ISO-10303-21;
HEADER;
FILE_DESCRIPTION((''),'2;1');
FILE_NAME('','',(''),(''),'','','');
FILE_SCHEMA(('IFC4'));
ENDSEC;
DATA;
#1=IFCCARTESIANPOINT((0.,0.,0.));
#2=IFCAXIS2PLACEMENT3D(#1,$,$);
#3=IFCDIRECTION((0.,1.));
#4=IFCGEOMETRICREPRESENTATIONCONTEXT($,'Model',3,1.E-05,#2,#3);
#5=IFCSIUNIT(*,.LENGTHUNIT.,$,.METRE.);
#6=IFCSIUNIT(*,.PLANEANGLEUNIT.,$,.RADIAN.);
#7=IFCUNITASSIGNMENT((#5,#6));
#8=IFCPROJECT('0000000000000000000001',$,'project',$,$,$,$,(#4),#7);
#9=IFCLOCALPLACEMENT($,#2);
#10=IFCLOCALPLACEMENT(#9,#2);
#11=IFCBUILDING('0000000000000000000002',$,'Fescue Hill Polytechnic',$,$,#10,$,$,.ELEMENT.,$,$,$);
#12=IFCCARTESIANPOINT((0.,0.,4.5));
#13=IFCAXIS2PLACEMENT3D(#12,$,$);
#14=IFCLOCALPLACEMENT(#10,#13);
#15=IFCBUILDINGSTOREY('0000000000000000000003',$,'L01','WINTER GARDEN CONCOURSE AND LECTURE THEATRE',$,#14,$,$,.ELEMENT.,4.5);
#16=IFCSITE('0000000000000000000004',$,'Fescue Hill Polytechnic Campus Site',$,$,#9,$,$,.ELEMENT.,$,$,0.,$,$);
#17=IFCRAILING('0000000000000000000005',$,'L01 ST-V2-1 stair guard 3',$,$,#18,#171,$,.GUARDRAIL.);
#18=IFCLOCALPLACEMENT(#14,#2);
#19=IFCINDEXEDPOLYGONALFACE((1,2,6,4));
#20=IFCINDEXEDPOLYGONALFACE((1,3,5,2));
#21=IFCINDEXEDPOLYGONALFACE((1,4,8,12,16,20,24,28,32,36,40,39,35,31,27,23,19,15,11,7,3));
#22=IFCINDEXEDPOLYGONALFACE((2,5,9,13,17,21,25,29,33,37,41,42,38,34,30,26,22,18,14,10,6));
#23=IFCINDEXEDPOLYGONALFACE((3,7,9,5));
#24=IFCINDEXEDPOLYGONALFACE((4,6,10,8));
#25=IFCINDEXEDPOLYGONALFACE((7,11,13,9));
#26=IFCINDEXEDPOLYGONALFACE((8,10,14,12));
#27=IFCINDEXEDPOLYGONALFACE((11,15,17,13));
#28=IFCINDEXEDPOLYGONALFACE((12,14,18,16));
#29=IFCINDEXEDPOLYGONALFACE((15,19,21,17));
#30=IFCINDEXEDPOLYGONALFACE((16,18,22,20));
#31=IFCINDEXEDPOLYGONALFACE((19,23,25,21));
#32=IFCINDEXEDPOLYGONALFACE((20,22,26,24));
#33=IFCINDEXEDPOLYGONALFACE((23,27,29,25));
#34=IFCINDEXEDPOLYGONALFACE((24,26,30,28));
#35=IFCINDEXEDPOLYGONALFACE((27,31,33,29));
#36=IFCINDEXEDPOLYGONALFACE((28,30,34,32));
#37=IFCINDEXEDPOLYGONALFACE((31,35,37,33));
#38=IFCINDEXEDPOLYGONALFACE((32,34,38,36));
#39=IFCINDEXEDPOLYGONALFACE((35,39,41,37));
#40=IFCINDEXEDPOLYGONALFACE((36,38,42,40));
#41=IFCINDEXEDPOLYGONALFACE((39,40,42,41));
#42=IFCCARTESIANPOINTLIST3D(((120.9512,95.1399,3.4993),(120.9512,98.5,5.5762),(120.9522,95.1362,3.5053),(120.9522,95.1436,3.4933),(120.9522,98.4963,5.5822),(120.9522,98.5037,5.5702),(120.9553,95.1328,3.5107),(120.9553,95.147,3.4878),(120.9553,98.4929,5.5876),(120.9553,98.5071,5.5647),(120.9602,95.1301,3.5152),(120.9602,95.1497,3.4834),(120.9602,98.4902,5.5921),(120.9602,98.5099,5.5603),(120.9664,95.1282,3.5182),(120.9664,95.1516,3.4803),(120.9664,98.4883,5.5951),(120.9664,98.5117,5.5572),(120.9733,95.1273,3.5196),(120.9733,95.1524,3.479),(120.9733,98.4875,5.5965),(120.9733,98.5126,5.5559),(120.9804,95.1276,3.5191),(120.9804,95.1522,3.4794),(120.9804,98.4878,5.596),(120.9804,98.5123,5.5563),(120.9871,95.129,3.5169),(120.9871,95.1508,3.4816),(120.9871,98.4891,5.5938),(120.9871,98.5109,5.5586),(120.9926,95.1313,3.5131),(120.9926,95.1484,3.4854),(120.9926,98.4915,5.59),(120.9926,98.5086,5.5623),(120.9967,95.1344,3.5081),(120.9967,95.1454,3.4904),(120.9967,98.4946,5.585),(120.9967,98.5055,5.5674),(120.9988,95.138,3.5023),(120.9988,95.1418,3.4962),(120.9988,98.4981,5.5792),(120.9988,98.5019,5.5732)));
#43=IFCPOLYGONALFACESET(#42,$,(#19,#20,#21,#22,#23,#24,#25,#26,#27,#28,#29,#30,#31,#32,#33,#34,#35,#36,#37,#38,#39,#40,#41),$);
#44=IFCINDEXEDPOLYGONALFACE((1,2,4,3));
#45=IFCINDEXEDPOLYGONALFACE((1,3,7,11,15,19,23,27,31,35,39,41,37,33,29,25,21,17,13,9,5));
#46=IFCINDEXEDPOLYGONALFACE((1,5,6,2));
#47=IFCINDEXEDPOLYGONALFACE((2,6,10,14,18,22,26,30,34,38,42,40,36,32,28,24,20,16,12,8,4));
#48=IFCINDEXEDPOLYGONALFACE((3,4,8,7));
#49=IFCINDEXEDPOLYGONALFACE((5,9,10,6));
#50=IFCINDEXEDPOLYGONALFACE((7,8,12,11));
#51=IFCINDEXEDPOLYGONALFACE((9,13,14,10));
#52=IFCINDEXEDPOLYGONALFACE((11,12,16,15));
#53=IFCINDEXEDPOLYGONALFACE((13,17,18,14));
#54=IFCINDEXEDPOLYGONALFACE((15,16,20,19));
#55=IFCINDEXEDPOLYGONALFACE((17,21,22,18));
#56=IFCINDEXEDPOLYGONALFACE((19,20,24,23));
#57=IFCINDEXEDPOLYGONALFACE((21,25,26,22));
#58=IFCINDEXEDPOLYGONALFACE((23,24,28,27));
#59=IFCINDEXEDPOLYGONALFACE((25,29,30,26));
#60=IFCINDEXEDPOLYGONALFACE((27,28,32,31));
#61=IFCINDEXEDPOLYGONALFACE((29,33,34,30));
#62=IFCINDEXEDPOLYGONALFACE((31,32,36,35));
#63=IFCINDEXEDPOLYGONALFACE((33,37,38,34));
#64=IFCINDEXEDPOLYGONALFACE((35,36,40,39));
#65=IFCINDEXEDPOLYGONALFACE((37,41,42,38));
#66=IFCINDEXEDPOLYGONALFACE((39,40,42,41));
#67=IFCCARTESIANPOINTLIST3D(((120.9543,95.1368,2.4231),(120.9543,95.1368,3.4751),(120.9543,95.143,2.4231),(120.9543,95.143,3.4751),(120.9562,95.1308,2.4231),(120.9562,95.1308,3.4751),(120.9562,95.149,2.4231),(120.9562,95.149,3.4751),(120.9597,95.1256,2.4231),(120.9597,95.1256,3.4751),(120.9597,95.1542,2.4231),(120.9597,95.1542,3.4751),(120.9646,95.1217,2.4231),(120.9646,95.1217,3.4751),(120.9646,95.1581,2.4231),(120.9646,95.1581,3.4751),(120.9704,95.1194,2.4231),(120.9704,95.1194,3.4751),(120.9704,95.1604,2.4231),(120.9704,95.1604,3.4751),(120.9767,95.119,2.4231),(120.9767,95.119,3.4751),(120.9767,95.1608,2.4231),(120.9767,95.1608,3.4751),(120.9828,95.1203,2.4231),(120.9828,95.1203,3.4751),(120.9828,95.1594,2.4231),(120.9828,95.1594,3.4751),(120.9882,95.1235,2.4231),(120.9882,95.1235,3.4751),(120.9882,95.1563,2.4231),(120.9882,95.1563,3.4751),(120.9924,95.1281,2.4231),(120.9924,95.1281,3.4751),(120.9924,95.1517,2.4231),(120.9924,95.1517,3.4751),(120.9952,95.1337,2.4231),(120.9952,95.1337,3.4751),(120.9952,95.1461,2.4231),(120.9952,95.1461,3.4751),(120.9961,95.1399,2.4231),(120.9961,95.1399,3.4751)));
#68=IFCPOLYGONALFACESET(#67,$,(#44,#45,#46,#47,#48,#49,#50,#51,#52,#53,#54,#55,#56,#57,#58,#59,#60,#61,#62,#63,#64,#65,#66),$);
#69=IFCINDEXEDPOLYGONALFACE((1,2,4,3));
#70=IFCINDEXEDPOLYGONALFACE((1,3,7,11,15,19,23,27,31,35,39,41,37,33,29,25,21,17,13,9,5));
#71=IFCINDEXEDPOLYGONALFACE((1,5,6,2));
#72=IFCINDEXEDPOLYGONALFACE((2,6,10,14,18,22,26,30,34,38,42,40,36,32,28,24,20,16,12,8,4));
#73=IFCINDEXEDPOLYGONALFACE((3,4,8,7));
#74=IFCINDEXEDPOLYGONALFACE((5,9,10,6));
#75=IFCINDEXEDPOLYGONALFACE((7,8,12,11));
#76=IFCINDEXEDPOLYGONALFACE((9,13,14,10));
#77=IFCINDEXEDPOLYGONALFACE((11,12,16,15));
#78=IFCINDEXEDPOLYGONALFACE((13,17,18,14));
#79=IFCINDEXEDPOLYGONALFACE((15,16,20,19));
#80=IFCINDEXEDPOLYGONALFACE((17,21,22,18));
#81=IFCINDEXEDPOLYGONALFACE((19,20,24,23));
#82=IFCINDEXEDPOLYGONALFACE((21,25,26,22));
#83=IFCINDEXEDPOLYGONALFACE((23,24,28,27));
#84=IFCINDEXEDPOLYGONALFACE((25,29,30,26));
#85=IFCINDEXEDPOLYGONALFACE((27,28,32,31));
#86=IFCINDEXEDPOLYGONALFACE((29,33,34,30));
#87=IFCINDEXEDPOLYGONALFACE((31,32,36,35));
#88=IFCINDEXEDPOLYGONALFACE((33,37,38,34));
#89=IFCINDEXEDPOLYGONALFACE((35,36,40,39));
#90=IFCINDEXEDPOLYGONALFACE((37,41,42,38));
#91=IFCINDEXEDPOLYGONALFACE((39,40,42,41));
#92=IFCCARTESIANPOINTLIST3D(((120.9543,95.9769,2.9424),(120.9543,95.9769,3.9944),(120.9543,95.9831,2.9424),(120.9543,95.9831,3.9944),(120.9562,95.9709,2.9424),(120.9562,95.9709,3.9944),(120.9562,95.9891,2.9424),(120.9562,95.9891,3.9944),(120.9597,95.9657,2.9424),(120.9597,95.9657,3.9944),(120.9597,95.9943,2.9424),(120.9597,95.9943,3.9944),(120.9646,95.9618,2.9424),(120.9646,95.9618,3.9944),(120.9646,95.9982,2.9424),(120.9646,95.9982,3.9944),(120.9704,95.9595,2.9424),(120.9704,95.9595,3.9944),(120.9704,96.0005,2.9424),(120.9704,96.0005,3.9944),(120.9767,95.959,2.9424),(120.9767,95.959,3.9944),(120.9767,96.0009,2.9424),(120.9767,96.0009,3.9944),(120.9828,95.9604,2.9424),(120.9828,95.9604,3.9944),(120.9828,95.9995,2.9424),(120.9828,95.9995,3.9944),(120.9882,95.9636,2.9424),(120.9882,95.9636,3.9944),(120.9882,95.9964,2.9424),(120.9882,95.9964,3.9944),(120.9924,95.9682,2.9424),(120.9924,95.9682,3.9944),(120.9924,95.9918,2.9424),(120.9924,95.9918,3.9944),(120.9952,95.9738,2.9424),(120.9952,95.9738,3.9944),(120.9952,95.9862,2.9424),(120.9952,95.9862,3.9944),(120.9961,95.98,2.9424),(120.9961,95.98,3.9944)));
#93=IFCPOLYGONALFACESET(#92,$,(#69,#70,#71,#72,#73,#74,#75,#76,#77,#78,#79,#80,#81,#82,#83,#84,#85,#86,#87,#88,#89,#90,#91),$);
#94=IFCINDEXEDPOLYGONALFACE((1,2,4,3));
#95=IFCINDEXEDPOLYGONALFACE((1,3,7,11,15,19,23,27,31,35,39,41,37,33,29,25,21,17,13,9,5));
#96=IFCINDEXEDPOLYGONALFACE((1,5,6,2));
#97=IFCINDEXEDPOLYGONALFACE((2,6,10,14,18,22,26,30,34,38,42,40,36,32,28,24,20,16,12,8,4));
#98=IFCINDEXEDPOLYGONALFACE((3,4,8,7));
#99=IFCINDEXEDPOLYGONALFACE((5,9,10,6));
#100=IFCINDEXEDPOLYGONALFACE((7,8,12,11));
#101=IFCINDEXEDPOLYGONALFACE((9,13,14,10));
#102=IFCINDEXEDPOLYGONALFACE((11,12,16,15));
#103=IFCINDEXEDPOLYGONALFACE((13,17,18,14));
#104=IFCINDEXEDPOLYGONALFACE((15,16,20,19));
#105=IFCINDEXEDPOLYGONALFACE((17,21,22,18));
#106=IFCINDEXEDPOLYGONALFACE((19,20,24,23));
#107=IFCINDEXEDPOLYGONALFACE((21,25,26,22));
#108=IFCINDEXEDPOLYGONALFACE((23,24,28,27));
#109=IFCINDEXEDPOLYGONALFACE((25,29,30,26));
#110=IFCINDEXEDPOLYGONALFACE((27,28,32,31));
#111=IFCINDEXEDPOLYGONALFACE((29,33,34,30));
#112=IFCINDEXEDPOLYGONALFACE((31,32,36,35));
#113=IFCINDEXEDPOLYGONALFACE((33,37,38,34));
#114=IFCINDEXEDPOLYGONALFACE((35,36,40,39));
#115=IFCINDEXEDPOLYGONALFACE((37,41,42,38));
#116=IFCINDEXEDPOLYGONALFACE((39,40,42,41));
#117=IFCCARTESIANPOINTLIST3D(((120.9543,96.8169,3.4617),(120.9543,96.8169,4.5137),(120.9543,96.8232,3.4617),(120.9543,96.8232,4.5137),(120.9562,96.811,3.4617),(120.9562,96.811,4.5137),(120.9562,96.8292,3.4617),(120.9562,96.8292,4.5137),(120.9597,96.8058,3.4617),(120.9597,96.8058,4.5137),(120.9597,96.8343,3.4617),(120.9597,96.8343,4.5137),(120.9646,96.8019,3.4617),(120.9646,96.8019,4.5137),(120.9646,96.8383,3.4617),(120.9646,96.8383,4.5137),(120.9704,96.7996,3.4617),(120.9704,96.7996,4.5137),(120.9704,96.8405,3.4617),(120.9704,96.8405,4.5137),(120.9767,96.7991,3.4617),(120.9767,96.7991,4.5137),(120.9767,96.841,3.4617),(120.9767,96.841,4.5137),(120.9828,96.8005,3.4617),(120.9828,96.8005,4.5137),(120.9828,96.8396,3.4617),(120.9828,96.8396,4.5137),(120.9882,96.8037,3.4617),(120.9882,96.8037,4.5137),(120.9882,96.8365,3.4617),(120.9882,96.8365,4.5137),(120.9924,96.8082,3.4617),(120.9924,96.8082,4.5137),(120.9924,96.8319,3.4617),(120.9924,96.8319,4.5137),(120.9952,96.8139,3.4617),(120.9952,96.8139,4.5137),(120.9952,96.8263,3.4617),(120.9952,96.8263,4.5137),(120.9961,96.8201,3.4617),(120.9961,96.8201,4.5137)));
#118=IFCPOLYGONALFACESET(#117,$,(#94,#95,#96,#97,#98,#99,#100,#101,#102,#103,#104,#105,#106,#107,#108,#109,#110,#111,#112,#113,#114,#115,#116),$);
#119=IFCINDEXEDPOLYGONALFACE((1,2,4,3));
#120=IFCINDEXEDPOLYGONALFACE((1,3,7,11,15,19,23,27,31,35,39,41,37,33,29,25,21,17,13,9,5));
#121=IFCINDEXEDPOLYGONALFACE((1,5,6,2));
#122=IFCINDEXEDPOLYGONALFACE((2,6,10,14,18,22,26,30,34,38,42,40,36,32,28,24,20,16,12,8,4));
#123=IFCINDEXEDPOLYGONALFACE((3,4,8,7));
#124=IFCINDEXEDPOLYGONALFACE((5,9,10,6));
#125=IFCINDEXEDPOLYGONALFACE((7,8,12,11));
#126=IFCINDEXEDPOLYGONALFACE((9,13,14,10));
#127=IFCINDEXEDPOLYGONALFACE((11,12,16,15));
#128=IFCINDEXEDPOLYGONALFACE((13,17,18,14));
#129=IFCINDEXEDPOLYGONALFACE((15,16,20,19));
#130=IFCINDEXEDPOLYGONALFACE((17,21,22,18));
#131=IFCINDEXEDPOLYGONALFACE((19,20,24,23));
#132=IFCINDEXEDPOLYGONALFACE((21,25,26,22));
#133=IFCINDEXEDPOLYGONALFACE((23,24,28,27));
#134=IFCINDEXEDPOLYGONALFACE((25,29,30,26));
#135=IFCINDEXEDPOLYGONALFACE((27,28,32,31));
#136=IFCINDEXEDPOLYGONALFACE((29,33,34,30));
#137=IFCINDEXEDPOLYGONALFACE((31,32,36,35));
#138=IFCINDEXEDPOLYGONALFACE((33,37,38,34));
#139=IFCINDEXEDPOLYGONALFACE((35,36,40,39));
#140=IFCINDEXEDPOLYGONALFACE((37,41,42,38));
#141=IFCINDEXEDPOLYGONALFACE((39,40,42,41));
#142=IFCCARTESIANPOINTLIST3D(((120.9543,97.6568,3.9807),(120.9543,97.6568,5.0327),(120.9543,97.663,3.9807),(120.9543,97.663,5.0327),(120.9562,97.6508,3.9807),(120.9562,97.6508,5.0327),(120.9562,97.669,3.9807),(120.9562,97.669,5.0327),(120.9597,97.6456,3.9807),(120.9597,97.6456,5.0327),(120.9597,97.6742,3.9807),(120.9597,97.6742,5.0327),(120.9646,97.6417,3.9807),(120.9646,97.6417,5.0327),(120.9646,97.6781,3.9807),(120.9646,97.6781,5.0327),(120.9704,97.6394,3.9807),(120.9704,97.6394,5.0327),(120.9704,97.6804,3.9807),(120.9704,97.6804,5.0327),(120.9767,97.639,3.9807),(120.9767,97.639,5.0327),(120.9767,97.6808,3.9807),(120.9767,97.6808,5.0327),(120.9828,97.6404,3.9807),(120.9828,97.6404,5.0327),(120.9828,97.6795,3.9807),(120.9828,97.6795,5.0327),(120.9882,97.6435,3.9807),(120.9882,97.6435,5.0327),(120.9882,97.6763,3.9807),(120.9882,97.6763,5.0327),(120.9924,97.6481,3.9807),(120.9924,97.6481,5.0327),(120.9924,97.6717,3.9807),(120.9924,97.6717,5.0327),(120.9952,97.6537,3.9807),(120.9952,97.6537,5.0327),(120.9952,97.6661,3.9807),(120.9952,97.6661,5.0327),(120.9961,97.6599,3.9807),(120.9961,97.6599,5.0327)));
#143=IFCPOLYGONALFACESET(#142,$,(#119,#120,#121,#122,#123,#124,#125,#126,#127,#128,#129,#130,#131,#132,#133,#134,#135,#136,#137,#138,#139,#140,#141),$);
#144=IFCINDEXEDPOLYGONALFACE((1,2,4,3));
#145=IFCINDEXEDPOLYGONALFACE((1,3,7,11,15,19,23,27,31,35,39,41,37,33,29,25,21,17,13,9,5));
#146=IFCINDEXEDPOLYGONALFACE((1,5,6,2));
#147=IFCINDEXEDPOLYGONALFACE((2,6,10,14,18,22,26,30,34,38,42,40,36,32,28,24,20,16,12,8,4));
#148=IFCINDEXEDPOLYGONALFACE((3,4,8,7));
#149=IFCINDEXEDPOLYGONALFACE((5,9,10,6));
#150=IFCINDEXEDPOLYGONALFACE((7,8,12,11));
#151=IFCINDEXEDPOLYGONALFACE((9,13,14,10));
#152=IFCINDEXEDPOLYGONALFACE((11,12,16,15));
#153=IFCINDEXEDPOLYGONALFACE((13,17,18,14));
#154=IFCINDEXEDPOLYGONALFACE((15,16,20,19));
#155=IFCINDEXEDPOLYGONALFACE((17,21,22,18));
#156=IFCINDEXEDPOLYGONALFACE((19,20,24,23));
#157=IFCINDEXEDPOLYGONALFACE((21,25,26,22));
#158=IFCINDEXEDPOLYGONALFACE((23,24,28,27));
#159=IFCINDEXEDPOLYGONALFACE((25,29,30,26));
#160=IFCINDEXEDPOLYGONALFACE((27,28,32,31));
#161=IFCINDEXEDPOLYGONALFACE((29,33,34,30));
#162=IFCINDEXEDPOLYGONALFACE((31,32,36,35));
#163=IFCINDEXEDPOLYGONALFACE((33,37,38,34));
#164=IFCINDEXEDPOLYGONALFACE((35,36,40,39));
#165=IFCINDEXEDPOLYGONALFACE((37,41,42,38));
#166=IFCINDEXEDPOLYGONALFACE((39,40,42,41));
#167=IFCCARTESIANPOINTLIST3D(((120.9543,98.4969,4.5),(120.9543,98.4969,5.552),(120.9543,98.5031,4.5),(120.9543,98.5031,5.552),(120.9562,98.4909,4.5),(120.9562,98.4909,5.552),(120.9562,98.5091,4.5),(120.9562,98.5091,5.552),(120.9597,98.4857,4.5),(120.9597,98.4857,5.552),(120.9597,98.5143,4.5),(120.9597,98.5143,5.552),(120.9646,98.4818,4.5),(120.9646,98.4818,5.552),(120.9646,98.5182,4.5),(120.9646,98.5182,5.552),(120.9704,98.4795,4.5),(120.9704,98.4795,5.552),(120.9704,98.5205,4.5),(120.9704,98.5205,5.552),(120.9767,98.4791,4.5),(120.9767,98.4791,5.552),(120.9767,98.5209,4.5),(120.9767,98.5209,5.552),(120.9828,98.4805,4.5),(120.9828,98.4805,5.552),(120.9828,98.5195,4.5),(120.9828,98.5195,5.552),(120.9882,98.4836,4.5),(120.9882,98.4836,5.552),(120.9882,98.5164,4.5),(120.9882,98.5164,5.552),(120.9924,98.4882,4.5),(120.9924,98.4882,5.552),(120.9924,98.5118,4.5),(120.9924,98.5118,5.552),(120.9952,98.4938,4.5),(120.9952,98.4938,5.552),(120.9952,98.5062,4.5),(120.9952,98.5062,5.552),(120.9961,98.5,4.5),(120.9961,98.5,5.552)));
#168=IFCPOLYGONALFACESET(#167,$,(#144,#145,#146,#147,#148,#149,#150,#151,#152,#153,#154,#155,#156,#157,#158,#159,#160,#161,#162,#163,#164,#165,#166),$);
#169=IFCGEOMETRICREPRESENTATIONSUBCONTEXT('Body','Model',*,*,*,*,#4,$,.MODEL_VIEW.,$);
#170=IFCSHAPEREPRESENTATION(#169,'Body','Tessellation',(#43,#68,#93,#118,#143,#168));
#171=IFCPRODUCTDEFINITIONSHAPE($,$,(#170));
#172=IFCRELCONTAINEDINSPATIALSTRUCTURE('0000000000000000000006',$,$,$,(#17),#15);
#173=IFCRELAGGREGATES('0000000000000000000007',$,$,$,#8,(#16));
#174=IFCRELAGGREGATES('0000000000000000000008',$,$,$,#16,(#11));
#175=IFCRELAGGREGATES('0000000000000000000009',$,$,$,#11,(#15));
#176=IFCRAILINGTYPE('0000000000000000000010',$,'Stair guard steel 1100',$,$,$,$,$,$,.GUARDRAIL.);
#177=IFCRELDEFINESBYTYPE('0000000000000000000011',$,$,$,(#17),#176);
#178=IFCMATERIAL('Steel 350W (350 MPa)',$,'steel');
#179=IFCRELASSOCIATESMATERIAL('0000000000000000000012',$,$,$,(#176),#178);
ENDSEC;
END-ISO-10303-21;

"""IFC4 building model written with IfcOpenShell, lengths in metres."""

from ifc_helpers import new_model, si_unit, direction, frame, origin, origin_2d, place, context, subcontext, project, spatial, circle, extrude, material, type_object, element, save


model = new_model("IFC4")

# Units and contexts
model_context = context("Model", 3, precision=1e-05, world=origin(), true_north=direction((0.0, 1.0)))
body_context = subcontext(model_context, "Body", "Model", "MODEL_VIEW")
ifc_project = project(units=[si_unit("LENGTHUNIT", "METRE"), si_unit("PLANEANGLEUNIT", "RADIAN")], contexts=[model_context])

# Site, building, storey
site_placement = place(None, origin())
site = spatial("IfcSite", under=ifc_project, at=site_placement, Name="Fescue Hill Polytechnic Campus Site", CompositionType="ELEMENT", RefElevation=0.0)
building_placement = place(site_placement, origin())
building = spatial("IfcBuilding", under=site, at=building_placement, Name="Fescue Hill Polytechnic", CompositionType="ELEMENT")
storey_placement = place(building_placement, frame((0.0, 0.0, 4.5)))
storey = spatial("IfcBuildingStorey", under=building, at=storey_placement, Name="L01", Description="WINTER GARDEN CONCOURSE AND LECTURE THEATRE", CompositionType="ELEMENT", Elevation=4.5)

# Railing
ifc_material_1 = material(Name="Steel 350W (350 MPa)", Category="steel")
railing_type_1 = type_object("IfcRailingType", Name="Stair guard steel 1100", PredefinedType="GUARDRAIL", material=ifc_material_1)
railing_1_placement = place(storey_placement, frame((120.9751, 95.1399, 2.4231)))
element("IfcRailing", 1, at=railing_1_placement, inside=storey, type_object=railing_type_1, Name="L01 ST-V2-1 stair guard 3", PredefinedType="GUARDRAIL", context=body_context, shape_type="SweptSolid", body=[
    extrude(circle(Radius=0.0239, at=origin_2d()), frame((0.0, 0.0, 1.0762), z_axis=(0.0, 0.850623, 0.525776), x_axis=(-1.0, 0.0, 0.0)), (0.0, 0.0, 1.0), 3.9502),
    extrude(circle(Radius=0.021, at=origin_2d()), origin(), (0.0, 0.0, 1.0), 1.052),
    extrude(circle(Radius=0.021, at=origin_2d()), frame((0.0, 0.8401, 0.5193)), (0.0, 0.0, 1.0), 1.052),
    extrude(circle(Radius=0.021, at=origin_2d()), frame((0.0, 1.6802, 1.0386)), (0.0, 0.0, 1.0), 1.052),
    extrude(circle(Radius=0.021, at=origin_2d()), frame((0.0, 2.52, 1.5576)), (0.0, 0.0, 1.0), 1.052),
    extrude(circle(Radius=0.021, at=origin_2d()), frame((0.0, 3.3601, 2.0769)), (0.0, 0.0, 1.0), 1.052),
])

save(model, "model.ifc")
